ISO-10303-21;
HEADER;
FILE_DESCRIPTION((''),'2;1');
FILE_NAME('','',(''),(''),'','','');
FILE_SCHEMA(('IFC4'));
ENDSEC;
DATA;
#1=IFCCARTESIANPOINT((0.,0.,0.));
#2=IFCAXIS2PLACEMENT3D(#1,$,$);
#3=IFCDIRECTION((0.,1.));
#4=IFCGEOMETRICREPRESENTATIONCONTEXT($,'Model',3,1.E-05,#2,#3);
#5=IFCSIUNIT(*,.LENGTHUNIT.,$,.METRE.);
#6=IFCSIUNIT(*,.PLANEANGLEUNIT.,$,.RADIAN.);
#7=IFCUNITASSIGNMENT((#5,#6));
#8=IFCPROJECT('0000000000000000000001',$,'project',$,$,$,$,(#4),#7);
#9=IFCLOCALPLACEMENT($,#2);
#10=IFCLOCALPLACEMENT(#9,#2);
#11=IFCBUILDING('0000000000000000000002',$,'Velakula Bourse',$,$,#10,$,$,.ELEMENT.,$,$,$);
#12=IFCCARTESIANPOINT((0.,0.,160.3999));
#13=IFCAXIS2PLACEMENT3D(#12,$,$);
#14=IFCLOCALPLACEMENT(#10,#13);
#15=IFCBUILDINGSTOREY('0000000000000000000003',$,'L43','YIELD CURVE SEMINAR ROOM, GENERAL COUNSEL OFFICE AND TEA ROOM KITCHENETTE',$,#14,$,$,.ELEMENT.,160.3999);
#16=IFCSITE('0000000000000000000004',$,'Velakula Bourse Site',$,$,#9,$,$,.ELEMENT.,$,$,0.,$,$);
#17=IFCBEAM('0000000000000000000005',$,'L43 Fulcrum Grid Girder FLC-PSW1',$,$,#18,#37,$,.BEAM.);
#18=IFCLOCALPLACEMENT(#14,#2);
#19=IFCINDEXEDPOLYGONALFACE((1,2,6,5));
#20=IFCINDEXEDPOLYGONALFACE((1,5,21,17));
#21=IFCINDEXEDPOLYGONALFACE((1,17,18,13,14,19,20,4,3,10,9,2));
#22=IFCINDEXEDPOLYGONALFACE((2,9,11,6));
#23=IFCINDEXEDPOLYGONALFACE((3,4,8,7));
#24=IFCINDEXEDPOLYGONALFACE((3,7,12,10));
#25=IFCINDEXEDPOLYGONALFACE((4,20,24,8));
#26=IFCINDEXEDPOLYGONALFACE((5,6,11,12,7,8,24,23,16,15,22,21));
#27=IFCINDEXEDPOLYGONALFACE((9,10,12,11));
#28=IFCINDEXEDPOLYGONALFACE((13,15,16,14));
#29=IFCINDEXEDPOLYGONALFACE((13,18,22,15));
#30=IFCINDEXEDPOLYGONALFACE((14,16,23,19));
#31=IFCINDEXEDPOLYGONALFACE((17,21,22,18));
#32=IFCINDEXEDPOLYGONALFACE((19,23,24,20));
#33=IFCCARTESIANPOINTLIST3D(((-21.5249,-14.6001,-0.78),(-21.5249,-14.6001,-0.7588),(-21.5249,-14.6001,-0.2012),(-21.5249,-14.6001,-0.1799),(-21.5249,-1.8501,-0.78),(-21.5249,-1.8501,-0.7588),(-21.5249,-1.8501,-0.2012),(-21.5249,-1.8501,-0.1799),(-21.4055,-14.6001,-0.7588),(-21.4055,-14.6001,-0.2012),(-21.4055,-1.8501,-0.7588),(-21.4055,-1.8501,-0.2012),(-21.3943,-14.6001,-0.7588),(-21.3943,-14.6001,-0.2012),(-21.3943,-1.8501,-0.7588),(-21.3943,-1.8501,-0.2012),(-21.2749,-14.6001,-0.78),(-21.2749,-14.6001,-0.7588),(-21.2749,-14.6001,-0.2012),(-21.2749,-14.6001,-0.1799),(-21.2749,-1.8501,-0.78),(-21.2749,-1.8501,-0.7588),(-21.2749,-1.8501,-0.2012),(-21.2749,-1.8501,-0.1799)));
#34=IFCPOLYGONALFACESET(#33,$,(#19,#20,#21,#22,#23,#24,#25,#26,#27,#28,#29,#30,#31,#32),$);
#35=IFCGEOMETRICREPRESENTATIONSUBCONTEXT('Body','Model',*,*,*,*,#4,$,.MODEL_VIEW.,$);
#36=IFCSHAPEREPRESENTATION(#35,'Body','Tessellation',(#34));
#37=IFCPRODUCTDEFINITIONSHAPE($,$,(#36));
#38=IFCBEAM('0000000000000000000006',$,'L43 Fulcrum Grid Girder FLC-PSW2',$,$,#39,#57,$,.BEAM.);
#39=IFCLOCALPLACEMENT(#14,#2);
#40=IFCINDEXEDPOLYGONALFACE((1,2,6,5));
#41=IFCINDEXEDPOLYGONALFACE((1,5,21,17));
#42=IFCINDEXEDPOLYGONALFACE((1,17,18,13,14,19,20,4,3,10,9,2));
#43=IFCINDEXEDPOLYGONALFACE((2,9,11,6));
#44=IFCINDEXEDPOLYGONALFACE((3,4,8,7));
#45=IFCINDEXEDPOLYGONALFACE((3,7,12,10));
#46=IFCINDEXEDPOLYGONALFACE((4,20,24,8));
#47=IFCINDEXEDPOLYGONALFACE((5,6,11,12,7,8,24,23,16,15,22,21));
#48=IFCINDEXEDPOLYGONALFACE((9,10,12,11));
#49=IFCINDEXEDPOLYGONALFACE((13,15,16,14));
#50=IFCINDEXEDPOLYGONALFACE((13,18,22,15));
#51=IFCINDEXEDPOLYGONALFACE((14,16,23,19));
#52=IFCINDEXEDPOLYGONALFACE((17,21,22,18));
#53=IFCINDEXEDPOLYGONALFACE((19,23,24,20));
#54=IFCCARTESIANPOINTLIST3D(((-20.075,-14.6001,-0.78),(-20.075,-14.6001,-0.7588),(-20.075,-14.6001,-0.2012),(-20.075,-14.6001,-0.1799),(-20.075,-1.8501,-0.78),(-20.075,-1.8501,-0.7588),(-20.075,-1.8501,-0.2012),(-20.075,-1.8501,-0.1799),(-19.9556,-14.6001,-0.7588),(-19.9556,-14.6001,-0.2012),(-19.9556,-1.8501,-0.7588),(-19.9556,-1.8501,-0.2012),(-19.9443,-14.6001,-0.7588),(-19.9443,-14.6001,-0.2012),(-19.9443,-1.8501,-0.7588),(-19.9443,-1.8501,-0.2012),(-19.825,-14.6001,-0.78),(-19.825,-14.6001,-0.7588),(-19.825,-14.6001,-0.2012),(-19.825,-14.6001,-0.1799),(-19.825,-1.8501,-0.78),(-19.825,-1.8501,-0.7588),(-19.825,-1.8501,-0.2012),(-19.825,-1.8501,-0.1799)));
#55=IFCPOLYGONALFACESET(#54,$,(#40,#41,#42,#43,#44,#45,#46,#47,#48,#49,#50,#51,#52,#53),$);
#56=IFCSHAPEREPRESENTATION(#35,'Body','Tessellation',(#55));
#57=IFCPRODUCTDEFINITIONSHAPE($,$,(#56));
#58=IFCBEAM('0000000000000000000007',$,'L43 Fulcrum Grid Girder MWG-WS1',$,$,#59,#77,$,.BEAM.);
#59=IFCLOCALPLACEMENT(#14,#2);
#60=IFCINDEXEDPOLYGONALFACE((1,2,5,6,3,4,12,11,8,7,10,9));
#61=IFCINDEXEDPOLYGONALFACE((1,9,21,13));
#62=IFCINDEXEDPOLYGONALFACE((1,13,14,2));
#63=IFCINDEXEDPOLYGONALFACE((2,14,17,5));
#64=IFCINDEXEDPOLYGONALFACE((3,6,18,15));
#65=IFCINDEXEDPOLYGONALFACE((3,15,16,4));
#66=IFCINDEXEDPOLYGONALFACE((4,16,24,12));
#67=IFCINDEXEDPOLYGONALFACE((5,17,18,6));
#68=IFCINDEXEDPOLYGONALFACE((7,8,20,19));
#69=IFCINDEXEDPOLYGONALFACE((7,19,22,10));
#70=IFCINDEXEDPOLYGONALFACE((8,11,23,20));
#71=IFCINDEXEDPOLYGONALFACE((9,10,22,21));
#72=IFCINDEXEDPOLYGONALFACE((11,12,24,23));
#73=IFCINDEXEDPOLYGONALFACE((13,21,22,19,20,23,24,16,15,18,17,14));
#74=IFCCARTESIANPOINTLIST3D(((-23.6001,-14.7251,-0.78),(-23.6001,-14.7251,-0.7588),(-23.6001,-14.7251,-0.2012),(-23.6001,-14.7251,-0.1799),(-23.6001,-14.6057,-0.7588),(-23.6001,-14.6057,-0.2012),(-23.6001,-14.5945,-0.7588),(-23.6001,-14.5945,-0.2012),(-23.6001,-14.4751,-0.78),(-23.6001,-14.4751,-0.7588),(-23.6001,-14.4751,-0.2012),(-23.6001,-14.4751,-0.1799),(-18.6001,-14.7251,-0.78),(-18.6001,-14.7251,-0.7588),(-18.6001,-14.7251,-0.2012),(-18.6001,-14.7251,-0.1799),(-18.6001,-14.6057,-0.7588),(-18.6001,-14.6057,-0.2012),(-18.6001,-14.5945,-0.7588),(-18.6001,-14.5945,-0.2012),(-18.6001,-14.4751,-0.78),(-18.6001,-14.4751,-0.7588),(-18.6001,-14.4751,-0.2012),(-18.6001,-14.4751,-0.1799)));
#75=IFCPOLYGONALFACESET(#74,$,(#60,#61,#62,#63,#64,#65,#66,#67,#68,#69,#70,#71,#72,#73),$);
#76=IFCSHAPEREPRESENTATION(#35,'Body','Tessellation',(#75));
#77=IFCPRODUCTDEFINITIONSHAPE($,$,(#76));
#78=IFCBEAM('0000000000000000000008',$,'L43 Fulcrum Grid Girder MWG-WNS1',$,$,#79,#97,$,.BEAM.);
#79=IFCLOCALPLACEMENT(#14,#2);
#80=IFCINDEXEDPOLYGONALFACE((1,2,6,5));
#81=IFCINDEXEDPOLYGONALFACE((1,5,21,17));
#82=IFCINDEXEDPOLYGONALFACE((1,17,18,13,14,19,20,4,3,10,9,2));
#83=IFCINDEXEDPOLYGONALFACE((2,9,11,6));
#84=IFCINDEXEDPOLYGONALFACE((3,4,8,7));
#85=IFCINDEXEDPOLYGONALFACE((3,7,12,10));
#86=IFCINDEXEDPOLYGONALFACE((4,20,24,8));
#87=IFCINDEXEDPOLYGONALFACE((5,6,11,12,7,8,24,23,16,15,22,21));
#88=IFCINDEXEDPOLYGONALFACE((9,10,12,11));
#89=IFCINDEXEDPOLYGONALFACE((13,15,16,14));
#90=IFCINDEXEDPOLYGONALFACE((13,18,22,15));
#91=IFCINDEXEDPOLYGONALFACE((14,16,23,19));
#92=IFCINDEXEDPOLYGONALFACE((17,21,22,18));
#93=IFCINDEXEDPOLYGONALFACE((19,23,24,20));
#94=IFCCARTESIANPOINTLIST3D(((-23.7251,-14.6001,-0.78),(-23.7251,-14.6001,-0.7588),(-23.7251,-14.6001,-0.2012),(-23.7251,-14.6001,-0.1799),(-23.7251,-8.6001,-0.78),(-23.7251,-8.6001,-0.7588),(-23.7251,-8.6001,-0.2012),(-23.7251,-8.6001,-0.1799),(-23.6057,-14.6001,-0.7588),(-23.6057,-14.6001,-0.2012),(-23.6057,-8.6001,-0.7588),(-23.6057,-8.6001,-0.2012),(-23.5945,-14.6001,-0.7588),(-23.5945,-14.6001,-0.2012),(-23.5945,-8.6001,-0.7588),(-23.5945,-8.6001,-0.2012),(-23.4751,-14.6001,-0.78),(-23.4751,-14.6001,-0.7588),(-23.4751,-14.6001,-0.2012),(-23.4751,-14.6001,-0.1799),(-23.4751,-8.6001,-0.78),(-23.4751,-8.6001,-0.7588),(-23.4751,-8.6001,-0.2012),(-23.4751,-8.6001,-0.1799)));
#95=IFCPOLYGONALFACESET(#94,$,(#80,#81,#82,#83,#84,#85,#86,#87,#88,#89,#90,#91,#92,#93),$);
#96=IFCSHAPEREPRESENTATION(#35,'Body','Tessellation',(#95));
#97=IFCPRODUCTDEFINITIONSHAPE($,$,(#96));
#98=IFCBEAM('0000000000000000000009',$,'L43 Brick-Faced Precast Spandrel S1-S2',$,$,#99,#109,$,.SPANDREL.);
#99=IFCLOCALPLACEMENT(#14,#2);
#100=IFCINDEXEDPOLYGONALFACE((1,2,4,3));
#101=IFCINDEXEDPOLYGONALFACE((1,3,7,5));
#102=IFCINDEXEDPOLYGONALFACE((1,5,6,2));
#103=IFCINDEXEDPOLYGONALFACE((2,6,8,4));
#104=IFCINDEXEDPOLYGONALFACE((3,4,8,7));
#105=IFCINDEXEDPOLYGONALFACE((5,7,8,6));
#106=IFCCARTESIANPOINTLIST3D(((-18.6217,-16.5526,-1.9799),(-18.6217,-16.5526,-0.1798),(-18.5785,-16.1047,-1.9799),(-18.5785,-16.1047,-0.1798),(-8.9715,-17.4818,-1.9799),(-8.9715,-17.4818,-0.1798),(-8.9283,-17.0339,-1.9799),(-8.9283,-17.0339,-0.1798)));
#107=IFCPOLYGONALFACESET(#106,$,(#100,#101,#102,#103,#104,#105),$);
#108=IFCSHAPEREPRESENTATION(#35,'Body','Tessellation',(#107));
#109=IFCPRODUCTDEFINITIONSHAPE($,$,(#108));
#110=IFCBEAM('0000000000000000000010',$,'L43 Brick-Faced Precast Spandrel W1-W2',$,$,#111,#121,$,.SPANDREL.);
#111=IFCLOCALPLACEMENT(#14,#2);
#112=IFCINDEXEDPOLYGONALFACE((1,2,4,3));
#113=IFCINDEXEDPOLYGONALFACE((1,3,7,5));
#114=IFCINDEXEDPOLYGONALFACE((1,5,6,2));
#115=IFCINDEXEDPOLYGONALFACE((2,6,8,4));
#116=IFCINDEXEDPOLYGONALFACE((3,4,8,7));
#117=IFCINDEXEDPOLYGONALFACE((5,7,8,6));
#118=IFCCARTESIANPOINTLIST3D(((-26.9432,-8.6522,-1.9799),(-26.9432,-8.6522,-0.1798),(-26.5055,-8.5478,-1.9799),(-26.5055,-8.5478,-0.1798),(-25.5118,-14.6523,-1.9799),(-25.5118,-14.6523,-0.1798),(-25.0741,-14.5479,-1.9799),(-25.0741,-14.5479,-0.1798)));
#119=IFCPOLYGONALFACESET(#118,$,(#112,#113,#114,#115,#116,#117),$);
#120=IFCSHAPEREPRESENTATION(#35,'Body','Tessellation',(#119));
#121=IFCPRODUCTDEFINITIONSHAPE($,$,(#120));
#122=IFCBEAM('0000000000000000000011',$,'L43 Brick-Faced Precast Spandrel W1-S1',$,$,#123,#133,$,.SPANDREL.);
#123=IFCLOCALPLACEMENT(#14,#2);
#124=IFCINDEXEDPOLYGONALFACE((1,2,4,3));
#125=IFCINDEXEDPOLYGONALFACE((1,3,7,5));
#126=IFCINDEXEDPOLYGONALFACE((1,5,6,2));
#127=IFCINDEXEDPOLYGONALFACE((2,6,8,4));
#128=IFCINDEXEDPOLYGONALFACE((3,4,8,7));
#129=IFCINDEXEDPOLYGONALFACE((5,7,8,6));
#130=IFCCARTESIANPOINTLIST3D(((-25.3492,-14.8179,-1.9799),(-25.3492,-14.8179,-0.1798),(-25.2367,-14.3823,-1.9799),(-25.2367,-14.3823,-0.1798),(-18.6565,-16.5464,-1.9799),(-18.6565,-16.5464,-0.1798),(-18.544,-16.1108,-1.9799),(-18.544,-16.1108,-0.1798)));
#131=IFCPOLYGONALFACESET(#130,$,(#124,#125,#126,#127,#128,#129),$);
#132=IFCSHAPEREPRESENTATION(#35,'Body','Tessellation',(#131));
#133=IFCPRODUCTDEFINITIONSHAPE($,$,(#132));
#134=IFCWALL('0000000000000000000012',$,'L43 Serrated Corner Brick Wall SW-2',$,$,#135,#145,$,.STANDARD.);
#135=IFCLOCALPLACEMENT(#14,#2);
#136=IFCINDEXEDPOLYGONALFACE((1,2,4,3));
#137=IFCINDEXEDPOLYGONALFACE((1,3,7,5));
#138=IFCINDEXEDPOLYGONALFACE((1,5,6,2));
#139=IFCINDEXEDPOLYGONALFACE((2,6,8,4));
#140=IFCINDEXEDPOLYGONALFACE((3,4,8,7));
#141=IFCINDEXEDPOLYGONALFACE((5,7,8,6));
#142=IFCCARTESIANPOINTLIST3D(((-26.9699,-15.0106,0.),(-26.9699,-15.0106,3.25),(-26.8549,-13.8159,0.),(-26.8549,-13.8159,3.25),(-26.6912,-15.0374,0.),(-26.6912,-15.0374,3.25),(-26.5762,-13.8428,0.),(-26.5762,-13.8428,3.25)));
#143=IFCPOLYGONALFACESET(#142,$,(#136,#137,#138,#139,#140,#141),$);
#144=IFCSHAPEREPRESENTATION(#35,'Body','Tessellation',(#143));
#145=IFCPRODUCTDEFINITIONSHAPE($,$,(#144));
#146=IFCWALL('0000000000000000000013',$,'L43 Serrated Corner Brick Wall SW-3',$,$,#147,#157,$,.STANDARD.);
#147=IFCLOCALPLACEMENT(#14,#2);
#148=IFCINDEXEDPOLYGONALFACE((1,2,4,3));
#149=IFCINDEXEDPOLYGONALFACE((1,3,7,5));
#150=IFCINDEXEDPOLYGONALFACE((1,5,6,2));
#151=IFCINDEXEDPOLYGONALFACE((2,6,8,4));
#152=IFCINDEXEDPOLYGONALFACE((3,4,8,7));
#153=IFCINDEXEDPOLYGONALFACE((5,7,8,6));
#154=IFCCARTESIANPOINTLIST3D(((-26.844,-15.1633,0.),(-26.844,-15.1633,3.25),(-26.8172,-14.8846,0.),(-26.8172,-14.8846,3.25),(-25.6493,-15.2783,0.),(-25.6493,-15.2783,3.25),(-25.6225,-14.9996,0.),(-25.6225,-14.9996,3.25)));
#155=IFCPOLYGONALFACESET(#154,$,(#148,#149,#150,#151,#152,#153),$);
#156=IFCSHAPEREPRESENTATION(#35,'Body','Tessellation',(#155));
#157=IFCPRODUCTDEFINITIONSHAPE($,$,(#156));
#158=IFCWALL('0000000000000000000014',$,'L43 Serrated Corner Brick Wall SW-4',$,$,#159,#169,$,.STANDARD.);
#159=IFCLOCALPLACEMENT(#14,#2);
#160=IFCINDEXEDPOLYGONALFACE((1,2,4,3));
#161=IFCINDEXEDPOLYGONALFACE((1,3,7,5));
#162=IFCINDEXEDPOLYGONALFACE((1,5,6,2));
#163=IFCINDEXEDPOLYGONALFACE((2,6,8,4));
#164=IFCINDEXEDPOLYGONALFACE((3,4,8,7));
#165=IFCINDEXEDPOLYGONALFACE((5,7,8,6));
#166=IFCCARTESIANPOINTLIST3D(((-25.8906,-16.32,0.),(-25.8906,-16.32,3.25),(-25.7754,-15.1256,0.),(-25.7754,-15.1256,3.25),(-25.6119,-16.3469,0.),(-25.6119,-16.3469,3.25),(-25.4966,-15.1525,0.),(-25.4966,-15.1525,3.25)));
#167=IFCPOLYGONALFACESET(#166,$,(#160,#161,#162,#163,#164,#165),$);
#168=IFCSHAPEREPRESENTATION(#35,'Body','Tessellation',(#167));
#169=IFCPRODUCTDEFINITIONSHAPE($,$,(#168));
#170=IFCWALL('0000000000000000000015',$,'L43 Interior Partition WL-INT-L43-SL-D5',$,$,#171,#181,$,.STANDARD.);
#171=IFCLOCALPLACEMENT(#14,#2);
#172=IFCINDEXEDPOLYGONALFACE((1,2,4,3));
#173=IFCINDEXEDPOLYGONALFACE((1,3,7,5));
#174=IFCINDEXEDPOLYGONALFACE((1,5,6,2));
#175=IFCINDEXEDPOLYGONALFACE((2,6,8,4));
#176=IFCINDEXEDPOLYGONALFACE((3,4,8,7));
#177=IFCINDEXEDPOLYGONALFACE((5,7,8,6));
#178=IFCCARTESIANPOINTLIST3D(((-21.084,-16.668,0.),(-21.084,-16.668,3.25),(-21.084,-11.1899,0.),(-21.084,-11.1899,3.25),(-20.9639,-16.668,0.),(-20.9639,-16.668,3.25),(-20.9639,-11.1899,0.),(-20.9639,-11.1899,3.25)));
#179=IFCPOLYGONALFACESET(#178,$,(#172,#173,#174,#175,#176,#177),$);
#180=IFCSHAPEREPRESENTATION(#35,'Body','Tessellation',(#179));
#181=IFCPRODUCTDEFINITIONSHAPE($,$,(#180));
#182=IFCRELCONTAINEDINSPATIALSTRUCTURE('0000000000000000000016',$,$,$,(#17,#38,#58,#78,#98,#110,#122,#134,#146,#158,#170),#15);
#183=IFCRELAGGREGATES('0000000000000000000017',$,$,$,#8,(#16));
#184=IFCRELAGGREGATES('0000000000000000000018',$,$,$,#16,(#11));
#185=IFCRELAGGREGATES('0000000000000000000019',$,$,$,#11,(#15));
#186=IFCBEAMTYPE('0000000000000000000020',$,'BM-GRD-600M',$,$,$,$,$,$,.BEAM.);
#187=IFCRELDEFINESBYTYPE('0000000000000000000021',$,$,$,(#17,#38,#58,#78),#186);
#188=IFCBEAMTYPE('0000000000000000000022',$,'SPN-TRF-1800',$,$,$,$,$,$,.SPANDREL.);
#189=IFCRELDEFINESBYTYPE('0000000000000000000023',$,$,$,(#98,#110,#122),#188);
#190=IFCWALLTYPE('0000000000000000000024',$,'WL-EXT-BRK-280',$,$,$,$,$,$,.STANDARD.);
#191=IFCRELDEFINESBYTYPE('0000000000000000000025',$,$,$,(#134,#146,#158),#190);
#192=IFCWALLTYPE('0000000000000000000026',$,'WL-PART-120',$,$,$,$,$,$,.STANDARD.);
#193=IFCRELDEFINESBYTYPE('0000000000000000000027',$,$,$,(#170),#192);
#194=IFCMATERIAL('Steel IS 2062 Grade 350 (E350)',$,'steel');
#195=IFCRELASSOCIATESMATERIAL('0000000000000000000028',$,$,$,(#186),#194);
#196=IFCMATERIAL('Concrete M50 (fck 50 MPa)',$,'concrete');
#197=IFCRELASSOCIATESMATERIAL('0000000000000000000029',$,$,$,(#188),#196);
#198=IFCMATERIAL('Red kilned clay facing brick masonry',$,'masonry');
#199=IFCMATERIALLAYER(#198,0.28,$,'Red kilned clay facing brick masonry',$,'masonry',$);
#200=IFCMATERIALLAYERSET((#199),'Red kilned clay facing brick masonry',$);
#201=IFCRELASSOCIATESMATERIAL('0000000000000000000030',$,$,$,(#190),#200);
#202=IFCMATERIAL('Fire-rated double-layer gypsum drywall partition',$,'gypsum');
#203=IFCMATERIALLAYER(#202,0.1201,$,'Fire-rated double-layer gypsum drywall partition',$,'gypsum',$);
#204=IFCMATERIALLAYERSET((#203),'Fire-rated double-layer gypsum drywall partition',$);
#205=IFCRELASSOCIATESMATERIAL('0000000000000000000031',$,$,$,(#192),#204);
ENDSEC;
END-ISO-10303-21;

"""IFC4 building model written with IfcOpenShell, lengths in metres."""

from ifc_helpers import new_model, si_unit, direction, frame, frame_2d, origin, origin_2d, place, context, subcontext, project, spatial, rectangle, i_section, extrude, material, layer, layer_set, material_profile, profile_set, type_object, element, save


model = new_model("IFC4")

# Units and contexts
model_context = context("Model", 3, precision=1e-05, world=origin(), true_north=direction((0.0, 1.0)))
body_context = subcontext(model_context, "Body", "Model", "MODEL_VIEW")
ifc_project = project(units=[si_unit("LENGTHUNIT", "METRE"), si_unit("PLANEANGLEUNIT", "RADIAN")], contexts=[model_context])

# Site, building, storey
site_placement = place(None, origin())
site = spatial("IfcSite", under=ifc_project, at=site_placement, Name="Velakula Bourse Site", CompositionType="ELEMENT", RefElevation=0.0)
building_placement = place(site_placement, origin())
building = spatial("IfcBuilding", under=site, at=building_placement, Name="Velakula Bourse", CompositionType="ELEMENT")
storey_placement = place(building_placement, frame((0.0, 0.0, 160.3999)))
storey = spatial("IfcBuildingStorey", under=building, at=storey_placement, Name="L43", Description="YIELD CURVE SEMINAR ROOM, GENERAL COUNSEL OFFICE AND TEA ROOM KITCHENETTE", CompositionType="ELEMENT", Elevation=160.3999)

# Shared definitions
ifc_material_1 = material(Name="Steel IS 2062 Grade 350 (E350)", Category="steel")

# Beams
ifc_material_profile_1 = material_profile(ifc_material_1, i_section(OverallWidth=0.25, OverallDepth=0.6001, WebThickness=0.0112, FlangeThickness=0.0212, at=origin_2d()), Name="Steel IS 2062 Grade 350 (E350)")
ifc_profile_set_1 = profile_set([ifc_material_profile_1], Name="Steel IS 2062 Grade 350 (E350)")
beam_type_1 = type_object("IfcBeamType", Name="BM-GRD-600M", PredefinedType="BEAM", material=ifc_profile_set_1)
for number, where, z_axis, x_axis, name in (
    (1, (-21.3999, -14.6001, -0.48), (0.0, 1.0, 0.0), (-1.0, 0.0, 0.0), "L43 Fulcrum Grid Girder FLC-PSW1"),
    (2, (-19.95, -14.6001, -0.48), (0.0, 1.0, 0.0), (-1.0, 0.0, 0.0), "L43 Fulcrum Grid Girder FLC-PSW2"),
):
    element("IfcBeam", number, at=place(storey_placement, frame(where, z_axis=z_axis, x_axis=x_axis)), inside=storey, type_object=beam_type_1, Name=name, PredefinedType="BEAM", context=body_context, shape_type="SweptSolid", body=[
        extrude(i_section(OverallWidth=0.25, OverallDepth=0.6001, WebThickness=0.0112, FlangeThickness=0.0212, at=origin_2d()), origin(), (0.0, 0.0, 1.0), 12.75),
    ])
beam_1_placement = place(storey_placement, frame((-23.6001, -14.6001, -0.48), z_axis=(1.0, 0.0, 0.0), x_axis=(0.0, 1.0, 0.0)))
element("IfcBeam", 3, at=beam_1_placement, inside=storey, type_object=beam_type_1, Name="L43 Fulcrum Grid Girder MWG-WS1", PredefinedType="BEAM", context=body_context, shape_type="SweptSolid", body=[
    extrude(i_section(OverallWidth=0.25, OverallDepth=0.6001, WebThickness=0.0112, FlangeThickness=0.0212, at=origin_2d()), origin(), (0.0, 0.0, 1.0), 5.0),
])
beam_2_placement = place(storey_placement, frame((-23.6001, -14.6001, -0.48), z_axis=(0.0, 1.0, 0.0), x_axis=(-1.0, 0.0, 0.0)))
element("IfcBeam", 4, at=beam_2_placement, inside=storey, type_object=beam_type_1, Name="L43 Fulcrum Grid Girder MWG-WNS1", PredefinedType="BEAM", context=body_context, shape_type="SweptSolid", body=[
    extrude(i_section(OverallWidth=0.25, OverallDepth=0.6001, WebThickness=0.0112, FlangeThickness=0.0212, at=origin_2d()), origin(), (0.0, 0.0, 1.0), 6.0),
])
ifc_material_2 = material(Name="Concrete M50 (fck 50 MPa)", Category="concrete")
ifc_material_profile_2 = material_profile(ifc_material_2, rectangle(XDim=0.45, YDim=1.8, at=origin_2d()), Name="Concrete M50 (fck 50 MPa)")
ifc_profile_set_2 = profile_set([ifc_material_profile_2], Name="Concrete M50 (fck 50 MPa)")
beam_type_2 = type_object("IfcBeamType", Name="SPN-TRF-1800", PredefinedType="SPANDREL", material=ifc_profile_set_2)
beam_3_placement = place(storey_placement, frame((-18.6001, -16.3286, -1.0798), z_axis=(0.995396, -0.095845, 0.0), x_axis=(0.095845, 0.995396, 0.0)))
element("IfcBeam", 5, at=beam_3_placement, inside=storey, type_object=beam_type_2, Name="L43 Brick-Faced Precast Spandrel S1-S2", PredefinedType="SPANDREL", context=body_context, shape_type="SweptSolid", body=[
    extrude(rectangle(XDim=0.45, YDim=1.8, at=origin_2d()), origin(), (0.0, 0.0, 1.0), 9.6948),
])
beam_4_placement = place(storey_placement, frame((-25.293, -14.6001, -1.0798), z_axis=(-0.232054, 0.972703, 0.0), x_axis=(-0.972703, -0.232054, 0.0)))
element("IfcBeam", 6, at=beam_4_placement, inside=storey, type_object=beam_type_2, Name="L43 Brick-Faced Precast Spandrel W1-W2", PredefinedType="SPANDREL", context=body_context, shape_type="SweptSolid", body=[
    extrude(rectangle(XDim=0.45, YDim=1.8, at=origin_2d()), origin(), (0.0, 0.0, 1.0), 6.1685),
])
beam_5_placement = place(storey_placement, frame((-25.293, -14.6001, -1.0798), z_axis=(0.968231, -0.250057, 0.0), x_axis=(0.250057, 0.968231, 0.0)))
element("IfcBeam", 7, at=beam_5_placement, inside=storey, type_object=beam_type_2, Name="L43 Brick-Faced Precast Spandrel W1-S1", PredefinedType="SPANDREL", context=body_context, shape_type="SweptSolid", body=[
    extrude(rectangle(XDim=0.45, YDim=1.8, at=origin_2d()), origin(), (0.0, 0.0, 1.0), 6.9124),
])

# Walls
ifc_material_3 = material(Name="Red kilned clay facing brick masonry", Category="masonry")
ifc_layer_1 = layer(ifc_material_3, 0.28, Name="Red kilned clay facing brick masonry", Category="masonry")
ifc_layer_set_1 = layer_set([ifc_layer_1], Name="Red kilned clay facing brick masonry")
wall_type_1 = type_object("IfcWallType", Name="WL-EXT-BRK-280", PredefinedType="STANDARD", material=ifc_layer_set_1)
for number, where, z_axis, x_axis, name in (
    (8, (-26.7156, -13.8293, 0.0), (0.0, 0.0, 1.0), (-0.095817, -0.995399, 0.0), "L43 Serrated Corner Brick Wall SW-2"),
    (9, (-26.8306, -15.0239, 0.0), (0.0, 0.0, 1.0), (0.995399, -0.095817, 0.0), "L43 Serrated Corner Brick Wall SW-3"),
):
    element("IfcWall", number, at=place(storey_placement, frame(where, z_axis=z_axis, x_axis=x_axis)), inside=storey, type_object=wall_type_1, Name=name, PredefinedType="STANDARD", context=body_context, shape_type="SweptSolid", body=[
        extrude(rectangle(XDim=1.2002, YDim=0.28, at=frame_2d((0.6001, 0.0))), origin(), (0.0, 0.0, 1.0), 3.25),
    ])
wall_1_placement = place(storey_placement, frame((-25.636, -15.1389, 0.0), z_axis=(0.0, 0.0, 1.0), x_axis=(-0.096038, -0.995378, 0.0)))
element("IfcWall", 10, at=wall_1_placement, inside=storey, type_object=wall_type_1, Name="L43 Serrated Corner Brick Wall SW-4", PredefinedType="STANDARD", context=body_context, shape_type="SweptSolid", body=[
    extrude(rectangle(XDim=1.2, YDim=0.28, at=frame_2d((0.6001, 0.0))), origin(), (0.0, 0.0, 1.0), 3.25),
])
ifc_material_4 = material(Name="Fire-rated double-layer gypsum drywall partition", Category="gypsum")
ifc_layer_2 = layer(ifc_material_4, 0.1201, Name="Fire-rated double-layer gypsum drywall partition", Category="gypsum")
ifc_layer_set_2 = layer_set([ifc_layer_2], Name="Fire-rated double-layer gypsum drywall partition")
wall_type_2 = type_object("IfcWallType", Name="WL-PART-120", PredefinedType="STANDARD", material=ifc_layer_set_2)
wall_2_placement = place(storey_placement, frame((-21.0239, -16.668, 0.0), z_axis=(0.0, 0.0, 1.0), x_axis=(0.0, 1.0, 0.0)))
element("IfcWall", 11, at=wall_2_placement, inside=storey, type_object=wall_type_2, Name="L43 Interior Partition WL-INT-L43-SL-D5", PredefinedType="STANDARD", context=body_context, shape_type="SweptSolid", body=[
    extrude(rectangle(XDim=5.478, YDim=0.1201, at=frame_2d((2.739, 0.0))), origin(), (0.0, 0.0, 1.0), 3.25),
])

save(model, "model.ifc")
